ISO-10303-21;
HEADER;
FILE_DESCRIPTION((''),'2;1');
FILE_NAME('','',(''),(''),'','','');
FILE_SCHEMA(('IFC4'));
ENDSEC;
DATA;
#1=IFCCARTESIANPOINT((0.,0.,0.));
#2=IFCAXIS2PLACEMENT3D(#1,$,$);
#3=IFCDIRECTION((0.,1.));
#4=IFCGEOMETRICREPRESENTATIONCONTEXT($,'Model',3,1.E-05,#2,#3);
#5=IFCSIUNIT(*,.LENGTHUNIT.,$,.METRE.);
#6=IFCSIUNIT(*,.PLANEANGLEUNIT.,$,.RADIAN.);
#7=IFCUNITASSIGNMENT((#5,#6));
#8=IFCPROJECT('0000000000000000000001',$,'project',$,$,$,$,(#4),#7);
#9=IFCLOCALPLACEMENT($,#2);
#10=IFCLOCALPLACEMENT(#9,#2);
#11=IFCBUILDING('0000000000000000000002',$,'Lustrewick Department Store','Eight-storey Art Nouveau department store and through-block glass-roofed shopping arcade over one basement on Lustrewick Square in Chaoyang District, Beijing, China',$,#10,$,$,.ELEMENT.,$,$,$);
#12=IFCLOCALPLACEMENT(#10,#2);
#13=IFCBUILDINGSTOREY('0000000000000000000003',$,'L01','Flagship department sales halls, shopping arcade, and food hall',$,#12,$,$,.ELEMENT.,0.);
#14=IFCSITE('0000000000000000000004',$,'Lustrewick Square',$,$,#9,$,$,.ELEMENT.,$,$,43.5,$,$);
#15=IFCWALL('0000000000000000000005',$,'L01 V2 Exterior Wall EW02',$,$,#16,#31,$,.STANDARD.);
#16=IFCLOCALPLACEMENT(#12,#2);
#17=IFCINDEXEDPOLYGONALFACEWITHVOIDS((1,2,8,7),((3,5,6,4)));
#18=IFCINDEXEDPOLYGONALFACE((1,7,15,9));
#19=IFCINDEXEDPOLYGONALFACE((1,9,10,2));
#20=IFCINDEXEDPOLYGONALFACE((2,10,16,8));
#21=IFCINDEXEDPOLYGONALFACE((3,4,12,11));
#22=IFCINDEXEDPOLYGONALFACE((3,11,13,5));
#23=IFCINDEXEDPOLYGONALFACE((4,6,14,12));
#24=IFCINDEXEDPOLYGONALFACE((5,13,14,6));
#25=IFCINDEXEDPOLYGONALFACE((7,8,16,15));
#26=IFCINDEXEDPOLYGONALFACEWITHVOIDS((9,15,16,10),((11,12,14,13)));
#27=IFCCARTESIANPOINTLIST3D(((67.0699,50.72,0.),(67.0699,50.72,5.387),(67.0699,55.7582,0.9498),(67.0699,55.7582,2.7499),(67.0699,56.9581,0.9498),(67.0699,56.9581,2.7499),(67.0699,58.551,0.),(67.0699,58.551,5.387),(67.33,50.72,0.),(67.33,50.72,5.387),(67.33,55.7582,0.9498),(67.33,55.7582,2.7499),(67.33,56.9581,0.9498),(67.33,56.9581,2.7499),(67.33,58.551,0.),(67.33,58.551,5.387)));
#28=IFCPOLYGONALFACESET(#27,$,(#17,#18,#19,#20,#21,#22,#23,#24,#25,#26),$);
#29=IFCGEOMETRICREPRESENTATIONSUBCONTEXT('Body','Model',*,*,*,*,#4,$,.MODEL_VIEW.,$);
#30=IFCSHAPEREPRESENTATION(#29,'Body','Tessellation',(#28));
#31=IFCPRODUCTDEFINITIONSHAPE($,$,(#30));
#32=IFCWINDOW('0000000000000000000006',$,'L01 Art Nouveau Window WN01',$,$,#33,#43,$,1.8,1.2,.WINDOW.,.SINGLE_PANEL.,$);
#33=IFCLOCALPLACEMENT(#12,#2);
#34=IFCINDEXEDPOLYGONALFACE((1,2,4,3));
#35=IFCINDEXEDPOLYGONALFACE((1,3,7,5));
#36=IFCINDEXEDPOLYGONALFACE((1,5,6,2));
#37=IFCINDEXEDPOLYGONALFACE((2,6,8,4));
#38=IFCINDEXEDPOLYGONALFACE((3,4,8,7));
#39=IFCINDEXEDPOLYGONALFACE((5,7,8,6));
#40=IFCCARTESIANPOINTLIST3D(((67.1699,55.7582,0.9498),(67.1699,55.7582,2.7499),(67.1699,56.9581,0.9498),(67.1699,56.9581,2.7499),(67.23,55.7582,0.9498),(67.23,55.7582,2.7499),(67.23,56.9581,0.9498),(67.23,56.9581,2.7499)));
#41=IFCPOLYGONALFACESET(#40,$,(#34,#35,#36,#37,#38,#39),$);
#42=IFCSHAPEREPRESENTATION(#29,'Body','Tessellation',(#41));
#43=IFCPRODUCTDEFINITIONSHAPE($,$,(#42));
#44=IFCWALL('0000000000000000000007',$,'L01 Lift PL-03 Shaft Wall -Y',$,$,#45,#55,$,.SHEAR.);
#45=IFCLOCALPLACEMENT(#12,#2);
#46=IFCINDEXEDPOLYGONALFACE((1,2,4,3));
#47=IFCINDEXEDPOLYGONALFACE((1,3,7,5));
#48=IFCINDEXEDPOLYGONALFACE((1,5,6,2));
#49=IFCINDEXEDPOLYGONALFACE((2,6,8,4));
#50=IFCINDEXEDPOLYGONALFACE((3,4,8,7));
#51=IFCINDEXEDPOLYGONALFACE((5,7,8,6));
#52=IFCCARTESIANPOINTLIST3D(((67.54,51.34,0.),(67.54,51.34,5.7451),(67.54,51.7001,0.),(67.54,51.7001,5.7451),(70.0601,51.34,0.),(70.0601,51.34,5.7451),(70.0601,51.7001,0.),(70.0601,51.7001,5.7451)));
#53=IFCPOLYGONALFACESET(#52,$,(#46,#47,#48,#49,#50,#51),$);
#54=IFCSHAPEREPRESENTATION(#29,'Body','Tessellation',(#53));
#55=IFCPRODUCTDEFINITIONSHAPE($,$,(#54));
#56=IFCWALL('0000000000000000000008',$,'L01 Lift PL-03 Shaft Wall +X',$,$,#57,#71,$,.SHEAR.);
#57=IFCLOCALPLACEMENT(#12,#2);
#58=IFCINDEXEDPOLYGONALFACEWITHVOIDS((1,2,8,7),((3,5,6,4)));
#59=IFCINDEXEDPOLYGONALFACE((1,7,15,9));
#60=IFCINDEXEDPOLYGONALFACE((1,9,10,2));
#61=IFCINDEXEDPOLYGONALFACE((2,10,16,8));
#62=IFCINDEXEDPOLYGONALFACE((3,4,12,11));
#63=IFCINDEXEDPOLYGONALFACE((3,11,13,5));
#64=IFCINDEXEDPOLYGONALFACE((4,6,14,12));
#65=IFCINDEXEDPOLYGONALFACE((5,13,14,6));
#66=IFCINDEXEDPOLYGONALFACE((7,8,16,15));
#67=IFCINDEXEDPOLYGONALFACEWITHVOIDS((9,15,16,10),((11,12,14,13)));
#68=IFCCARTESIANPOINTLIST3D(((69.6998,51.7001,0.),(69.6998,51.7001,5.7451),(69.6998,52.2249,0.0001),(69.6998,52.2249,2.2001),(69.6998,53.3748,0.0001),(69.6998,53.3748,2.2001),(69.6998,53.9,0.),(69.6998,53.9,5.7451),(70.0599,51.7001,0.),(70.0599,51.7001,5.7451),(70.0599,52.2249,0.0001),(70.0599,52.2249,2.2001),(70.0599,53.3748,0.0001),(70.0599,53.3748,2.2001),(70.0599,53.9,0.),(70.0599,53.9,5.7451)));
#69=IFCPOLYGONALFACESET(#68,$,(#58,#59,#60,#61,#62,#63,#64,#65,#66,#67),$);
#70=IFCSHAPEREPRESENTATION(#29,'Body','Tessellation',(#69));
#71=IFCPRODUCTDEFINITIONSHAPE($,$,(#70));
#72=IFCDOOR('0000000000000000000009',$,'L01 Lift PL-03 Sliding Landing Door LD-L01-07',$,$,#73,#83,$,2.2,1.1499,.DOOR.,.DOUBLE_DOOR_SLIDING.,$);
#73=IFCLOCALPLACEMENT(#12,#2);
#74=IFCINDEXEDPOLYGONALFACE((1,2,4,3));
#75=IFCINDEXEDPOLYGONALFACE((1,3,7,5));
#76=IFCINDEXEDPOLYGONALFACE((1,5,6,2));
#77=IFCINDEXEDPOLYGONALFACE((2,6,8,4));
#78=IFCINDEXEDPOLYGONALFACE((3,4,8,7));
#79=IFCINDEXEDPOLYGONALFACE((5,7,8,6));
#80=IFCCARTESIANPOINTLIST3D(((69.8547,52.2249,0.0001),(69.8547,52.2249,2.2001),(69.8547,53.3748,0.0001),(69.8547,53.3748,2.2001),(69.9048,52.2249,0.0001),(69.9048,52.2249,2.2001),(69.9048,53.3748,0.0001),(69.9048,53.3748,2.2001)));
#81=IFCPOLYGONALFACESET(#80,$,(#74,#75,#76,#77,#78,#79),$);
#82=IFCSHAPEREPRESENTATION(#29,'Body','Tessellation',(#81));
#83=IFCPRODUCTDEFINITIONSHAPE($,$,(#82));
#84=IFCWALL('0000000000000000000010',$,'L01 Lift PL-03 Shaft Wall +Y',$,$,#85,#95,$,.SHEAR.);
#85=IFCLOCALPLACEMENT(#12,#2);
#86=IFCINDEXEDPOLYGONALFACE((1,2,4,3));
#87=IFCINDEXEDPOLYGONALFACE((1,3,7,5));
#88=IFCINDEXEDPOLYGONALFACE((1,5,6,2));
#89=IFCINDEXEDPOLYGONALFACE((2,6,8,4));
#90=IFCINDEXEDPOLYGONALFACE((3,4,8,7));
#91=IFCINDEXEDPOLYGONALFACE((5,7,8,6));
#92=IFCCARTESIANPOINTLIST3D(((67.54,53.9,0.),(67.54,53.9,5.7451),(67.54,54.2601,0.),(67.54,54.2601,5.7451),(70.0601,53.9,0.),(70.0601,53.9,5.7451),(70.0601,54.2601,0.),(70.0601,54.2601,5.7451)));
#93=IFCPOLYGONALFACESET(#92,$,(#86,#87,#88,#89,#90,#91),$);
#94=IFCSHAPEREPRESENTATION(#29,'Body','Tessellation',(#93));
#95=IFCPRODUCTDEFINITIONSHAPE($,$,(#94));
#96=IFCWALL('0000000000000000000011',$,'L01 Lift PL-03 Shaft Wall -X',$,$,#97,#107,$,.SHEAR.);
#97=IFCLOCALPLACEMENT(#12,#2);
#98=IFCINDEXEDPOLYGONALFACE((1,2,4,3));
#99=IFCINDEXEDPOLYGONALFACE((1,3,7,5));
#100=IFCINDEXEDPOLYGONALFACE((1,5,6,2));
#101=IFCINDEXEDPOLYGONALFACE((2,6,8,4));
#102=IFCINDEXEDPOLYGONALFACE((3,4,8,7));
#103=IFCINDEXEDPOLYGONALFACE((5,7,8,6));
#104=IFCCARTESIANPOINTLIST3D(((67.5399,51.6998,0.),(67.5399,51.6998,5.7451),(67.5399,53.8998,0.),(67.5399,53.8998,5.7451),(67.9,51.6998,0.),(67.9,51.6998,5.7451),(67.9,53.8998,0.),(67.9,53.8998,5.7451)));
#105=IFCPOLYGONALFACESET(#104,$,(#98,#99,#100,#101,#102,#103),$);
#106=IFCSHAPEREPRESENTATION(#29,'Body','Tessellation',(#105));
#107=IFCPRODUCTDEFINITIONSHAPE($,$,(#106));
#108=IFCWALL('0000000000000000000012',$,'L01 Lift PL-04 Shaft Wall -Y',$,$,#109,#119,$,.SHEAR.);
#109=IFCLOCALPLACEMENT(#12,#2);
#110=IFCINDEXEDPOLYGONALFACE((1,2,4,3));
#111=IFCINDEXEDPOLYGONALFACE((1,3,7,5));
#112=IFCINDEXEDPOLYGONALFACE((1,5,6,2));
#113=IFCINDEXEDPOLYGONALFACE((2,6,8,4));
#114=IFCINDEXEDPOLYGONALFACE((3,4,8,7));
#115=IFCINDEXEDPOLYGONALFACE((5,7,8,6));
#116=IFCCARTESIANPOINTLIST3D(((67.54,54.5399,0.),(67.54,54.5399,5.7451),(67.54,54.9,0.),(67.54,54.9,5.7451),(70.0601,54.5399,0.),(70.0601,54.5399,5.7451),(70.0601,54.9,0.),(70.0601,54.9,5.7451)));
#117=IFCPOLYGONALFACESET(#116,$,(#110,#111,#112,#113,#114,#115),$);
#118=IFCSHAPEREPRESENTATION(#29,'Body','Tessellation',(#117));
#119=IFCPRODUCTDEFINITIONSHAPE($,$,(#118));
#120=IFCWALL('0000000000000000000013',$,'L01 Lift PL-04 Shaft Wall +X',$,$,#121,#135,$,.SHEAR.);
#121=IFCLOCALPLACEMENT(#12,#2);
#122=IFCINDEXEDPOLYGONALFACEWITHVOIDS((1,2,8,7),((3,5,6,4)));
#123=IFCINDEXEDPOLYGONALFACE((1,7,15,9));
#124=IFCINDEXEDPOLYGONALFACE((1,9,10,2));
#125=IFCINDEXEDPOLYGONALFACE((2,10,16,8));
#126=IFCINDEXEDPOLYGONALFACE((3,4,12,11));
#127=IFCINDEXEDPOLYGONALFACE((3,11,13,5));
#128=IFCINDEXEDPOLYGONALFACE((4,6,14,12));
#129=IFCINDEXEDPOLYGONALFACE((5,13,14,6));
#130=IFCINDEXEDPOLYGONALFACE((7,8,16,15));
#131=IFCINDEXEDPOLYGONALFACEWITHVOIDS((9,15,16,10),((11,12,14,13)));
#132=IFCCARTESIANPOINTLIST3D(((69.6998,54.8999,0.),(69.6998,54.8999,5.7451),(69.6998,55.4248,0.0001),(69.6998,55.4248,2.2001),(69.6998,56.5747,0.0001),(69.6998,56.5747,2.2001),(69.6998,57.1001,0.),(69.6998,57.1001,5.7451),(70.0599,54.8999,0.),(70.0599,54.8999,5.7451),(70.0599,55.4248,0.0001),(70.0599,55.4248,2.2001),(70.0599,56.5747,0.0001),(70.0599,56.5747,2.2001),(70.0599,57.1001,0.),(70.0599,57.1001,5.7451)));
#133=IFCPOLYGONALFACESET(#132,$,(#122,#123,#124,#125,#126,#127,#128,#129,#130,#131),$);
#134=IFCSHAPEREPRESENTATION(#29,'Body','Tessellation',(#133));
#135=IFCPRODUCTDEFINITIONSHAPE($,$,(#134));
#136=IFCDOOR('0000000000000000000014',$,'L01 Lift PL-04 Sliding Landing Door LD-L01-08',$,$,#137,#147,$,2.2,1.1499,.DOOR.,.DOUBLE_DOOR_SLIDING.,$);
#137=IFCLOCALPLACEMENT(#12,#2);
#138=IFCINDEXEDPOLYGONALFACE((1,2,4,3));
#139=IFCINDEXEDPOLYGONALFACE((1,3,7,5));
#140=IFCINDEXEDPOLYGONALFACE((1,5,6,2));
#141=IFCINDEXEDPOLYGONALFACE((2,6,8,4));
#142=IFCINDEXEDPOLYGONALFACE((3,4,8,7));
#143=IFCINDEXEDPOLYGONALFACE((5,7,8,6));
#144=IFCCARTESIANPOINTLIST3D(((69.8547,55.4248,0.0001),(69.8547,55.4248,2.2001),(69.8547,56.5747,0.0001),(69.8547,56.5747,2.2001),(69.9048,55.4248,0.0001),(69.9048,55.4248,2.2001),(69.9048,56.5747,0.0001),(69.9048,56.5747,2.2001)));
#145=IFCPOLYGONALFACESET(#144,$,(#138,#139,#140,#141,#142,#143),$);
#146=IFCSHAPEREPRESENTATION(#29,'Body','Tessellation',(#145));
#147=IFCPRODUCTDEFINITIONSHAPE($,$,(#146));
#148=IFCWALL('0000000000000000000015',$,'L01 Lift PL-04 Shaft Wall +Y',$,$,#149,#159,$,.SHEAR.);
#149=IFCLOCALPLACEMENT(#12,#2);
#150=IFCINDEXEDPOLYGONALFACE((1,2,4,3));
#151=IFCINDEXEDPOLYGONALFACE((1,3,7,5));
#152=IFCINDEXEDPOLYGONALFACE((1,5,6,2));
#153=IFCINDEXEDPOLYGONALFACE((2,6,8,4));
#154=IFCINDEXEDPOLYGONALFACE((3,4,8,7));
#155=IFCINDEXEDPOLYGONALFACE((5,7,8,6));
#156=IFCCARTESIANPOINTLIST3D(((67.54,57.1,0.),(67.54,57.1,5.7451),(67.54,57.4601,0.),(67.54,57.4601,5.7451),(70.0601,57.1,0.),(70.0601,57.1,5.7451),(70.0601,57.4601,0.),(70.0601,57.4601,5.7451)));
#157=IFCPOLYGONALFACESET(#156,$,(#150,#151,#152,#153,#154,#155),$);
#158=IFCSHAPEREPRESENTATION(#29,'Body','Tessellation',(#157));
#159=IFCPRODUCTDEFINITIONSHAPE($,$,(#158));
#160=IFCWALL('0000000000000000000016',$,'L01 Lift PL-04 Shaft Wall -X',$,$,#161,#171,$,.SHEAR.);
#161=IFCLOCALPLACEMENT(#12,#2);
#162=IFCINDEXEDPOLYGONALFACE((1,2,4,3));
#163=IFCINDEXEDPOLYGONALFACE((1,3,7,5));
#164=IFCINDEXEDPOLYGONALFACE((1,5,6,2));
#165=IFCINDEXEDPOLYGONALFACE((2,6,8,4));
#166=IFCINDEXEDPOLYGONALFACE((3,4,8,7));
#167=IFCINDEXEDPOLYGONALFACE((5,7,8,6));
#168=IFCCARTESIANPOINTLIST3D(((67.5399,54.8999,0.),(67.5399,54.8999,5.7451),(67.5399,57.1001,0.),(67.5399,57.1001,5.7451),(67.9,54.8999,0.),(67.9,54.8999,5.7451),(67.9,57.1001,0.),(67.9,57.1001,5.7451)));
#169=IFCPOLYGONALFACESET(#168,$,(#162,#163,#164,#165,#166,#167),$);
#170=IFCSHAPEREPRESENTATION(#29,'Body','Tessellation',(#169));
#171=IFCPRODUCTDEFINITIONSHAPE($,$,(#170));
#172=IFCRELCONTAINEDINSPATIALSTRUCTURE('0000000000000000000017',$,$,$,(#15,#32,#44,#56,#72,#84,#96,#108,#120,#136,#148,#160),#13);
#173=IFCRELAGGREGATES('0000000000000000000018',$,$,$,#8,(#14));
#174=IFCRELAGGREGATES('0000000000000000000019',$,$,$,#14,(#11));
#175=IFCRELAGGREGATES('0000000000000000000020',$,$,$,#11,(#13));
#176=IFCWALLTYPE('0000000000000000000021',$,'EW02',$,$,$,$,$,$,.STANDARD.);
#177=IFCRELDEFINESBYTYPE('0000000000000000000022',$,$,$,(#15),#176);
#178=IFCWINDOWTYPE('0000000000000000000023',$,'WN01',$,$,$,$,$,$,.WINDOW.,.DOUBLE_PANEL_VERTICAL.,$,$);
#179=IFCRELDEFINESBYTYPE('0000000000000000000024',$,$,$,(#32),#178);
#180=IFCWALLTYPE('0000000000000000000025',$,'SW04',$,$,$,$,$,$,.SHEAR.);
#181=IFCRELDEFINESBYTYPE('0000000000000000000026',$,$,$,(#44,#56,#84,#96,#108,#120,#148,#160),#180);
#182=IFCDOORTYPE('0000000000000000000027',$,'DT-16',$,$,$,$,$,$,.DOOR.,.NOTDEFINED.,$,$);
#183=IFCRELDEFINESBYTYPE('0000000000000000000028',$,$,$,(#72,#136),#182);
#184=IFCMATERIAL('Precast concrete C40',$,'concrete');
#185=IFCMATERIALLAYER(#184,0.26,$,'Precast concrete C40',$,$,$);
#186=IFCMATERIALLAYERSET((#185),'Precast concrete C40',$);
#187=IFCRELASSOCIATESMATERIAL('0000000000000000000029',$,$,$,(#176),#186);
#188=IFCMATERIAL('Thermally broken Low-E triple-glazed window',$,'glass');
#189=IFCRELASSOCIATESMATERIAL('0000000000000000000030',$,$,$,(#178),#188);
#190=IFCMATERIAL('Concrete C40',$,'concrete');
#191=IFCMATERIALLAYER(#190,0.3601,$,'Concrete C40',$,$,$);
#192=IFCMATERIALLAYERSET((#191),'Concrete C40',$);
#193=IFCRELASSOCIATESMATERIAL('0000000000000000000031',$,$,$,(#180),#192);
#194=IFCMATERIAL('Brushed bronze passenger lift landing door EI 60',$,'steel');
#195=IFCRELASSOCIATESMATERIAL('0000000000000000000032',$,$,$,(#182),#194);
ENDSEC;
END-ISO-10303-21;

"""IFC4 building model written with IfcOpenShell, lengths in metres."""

from ifc_helpers import new_model, si_unit, direction, frame, frame_2d, origin, place, context, subcontext, project, spatial, rectangle, extrude, material, layer, layer_set, type_object, element, fill, save


model = new_model("IFC4")

# Units and contexts
model_context = context("Model", 3, precision=1e-05, world=origin(), true_north=direction((0.0, 1.0)))
body_context = subcontext(model_context, "Body", "Model", "MODEL_VIEW")
ifc_project = project(units=[si_unit("LENGTHUNIT", "METRE"), si_unit("PLANEANGLEUNIT", "RADIAN")], contexts=[model_context])

# Site, building, storey
site_placement = place(None, origin())
site = spatial("IfcSite", under=ifc_project, at=site_placement, Name="Lustrewick Square", CompositionType="ELEMENT", RefElevation=43.5)
building_placement = place(site_placement, origin())
building = spatial("IfcBuilding", under=site, at=building_placement, Name="Lustrewick Department Store", Description="Eight-storey Art Nouveau department store and through-block glass-roofed shopping arcade over one basement on Lustrewick Square in Chaoyang District, Beijing, China", CompositionType="ELEMENT")
storey_placement = place(building_placement, origin())
storey = spatial("IfcBuildingStorey", under=building, at=storey_placement, Name="L01", Description="Flagship department sales halls, shopping arcade, and food hall", CompositionType="ELEMENT", Elevation=0.0)

# Shared definitions
ifc_material_1 = material(Name="Concrete C40", Category="concrete")

# Wall, opening, window
ifc_material_2 = material(Name="Precast concrete C40", Category="concrete")
ifc_layer_1 = layer(ifc_material_2, 0.26, Name="Precast concrete C40")
ifc_layer_set_1 = layer_set([ifc_layer_1], Name="Precast concrete C40")
wall_type_1 = type_object("IfcWallType", Name="EW02", PredefinedType="STANDARD", material=ifc_layer_set_1)
wall_1_placement = place(storey_placement, frame((67.2, 58.551, 0.0), z_axis=(0.0, 0.0, 1.0), x_axis=(0.0, -1.0, 0.0)))
wall_1 = element("IfcWall", 1, at=wall_1_placement, inside=storey, type_object=wall_type_1, Name="L01 V2 Exterior Wall EW02", PredefinedType="STANDARD", context=body_context, shape_type="SweptSolid", body=[
    extrude(rectangle(XDim=7.8311, YDim=0.26, at=frame_2d((3.9155, 0.0))), origin(), (0.0, 0.0, 1.0), 5.387),
])
opening_1_placement = place(wall_1_placement, frame((1.5928, 0.0, 0.95)))
opening_1 = element("IfcOpeningElement", 2, at=opening_1_placement, cuts=wall_1, PredefinedType="OPENING", context=body_context, shape_type="SweptSolid", body=[
    extrude(rectangle(XDim=1.2, YDim=1.8, at=frame_2d((0.6001, 0.8999))), frame((0.0, 0.1401, 0.0), z_axis=(0.0, -1.0, 0.0), x_axis=(1.0, 0.0, 0.0)), (0.0, 0.0, 1.0), 0.28),
])
ifc_material_3 = material(Name="Thermally broken Low-E triple-glazed window", Category="glass")
window_type = type_object("IfcWindowType", Name="WN01", PartitioningType="DOUBLE_PANEL_VERTICAL", PredefinedType="WINDOW", material=ifc_material_3)
window_placement = place(opening_1_placement, origin())
window = element("IfcWindow", 3, at=window_placement, inside=storey, type_object=window_type, Name="L01 Art Nouveau Window WN01", OverallHeight=1.8, OverallWidth=1.2, PartitioningType="SINGLE_PANEL", PredefinedType="WINDOW", context=body_context, shape_type="SweptSolid", body=[
    extrude(rectangle(XDim=1.2, YDim=1.8, at=frame_2d((0.6001, 0.8999))), frame((0.0, 0.03, 0.0), z_axis=(0.0, -1.0, 0.0), x_axis=(1.0, 0.0, 0.0)), (0.0, 0.0, 1.0), 0.0601),
])
fill(opening_1, window)

# Wall
ifc_layer_2 = layer(ifc_material_1, 0.3601, Name="Concrete C40")
ifc_layer_set_2 = layer_set([ifc_layer_2], Name="Concrete C40")
wall_type_2 = type_object("IfcWallType", Name="SW04", PredefinedType="SHEAR", material=ifc_layer_set_2)
wall_2_placement = place(storey_placement, frame((67.54, 51.52, 0.0), z_axis=(0.0, 0.0, 1.0), x_axis=(1.0, 0.0, 0.0)))
element("IfcWall", 4, at=wall_2_placement, inside=storey, type_object=wall_type_2, Name="L01 Lift PL-03 Shaft Wall -Y", PredefinedType="SHEAR", context=body_context, shape_type="SweptSolid", body=[
    extrude(rectangle(XDim=2.52, YDim=0.3601, at=frame_2d((1.26, 0.0))), origin(), (0.0, 0.0, 1.0), 5.7451),
])

# Wall, opening, door
wall_3_placement = place(storey_placement, frame((69.8799, 51.7, 0.0), z_axis=(0.0, 0.0, 1.0), x_axis=(0.0, 1.0, 0.0)))
wall_3 = element("IfcWall", 5, at=wall_3_placement, inside=storey, type_object=wall_type_2, Name="L01 Lift PL-03 Shaft Wall +X", PredefinedType="SHEAR", context=body_context, shape_type="SweptSolid", body=[
    extrude(rectangle(XDim=2.2, YDim=0.3601, at=frame_2d((1.1001, 0.0))), origin(), (0.0, 0.0, 1.0), 5.7451),
])
opening_2_placement = place(wall_3_placement, frame((0.5249, 0.0, 0.0)))
opening_2 = element("IfcOpeningElement", 6, at=opening_2_placement, cuts=wall_3, PredefinedType="OPENING", context=body_context, shape_type="SweptSolid", body=[
    extrude(rectangle(XDim=1.1499, YDim=2.2, at=frame_2d((0.575, 1.1001))), frame((0.0, 0.1899, 0.0), z_axis=(0.0, -1.0, 0.0), x_axis=(1.0, 0.0, 0.0)), (0.0, 0.0, 1.0), 0.3801),
])
ifc_material_4 = material(Name="Brushed bronze passenger lift landing door EI 60", Category="steel")
door_type = type_object("IfcDoorType", Name="DT-16", OperationType="NOTDEFINED", PredefinedType="DOOR", material=ifc_material_4)
door_1_placement = place(opening_2_placement, frame((1.1499, 0.0, 0.0), z_axis=(0.0, 0.0, 1.0), x_axis=(-1.0, 0.0, 0.0)))
door_1 = element("IfcDoor", 7, at=door_1_placement, inside=storey, type_object=door_type, Name="L01 Lift PL-03 Sliding Landing Door LD-L01-07", OperationType="DOUBLE_DOOR_SLIDING", OverallHeight=2.2, OverallWidth=1.1499, PredefinedType="DOOR", context=body_context, shape_type="SweptSolid", body=[
    extrude(rectangle(XDim=1.1499, YDim=2.2, at=frame_2d((0.575, 1.1001))), frame((0.0, 0.0249, 0.0), z_axis=(0.0, -1.0, 0.0), x_axis=(1.0, 0.0, 0.0)), (0.0, 0.0, 1.0), 0.05),
])
fill(opening_2, door_1)

# Walls
wall_4_placement = place(storey_placement, frame((70.0601, 54.0801, 0.0), z_axis=(0.0, 0.0, 1.0), x_axis=(-1.0, 0.0, 0.0)))
element("IfcWall", 8, at=wall_4_placement, inside=storey, type_object=wall_type_2, Name="L01 Lift PL-03 Shaft Wall +Y", PredefinedType="SHEAR", context=body_context, shape_type="SweptSolid", body=[
    extrude(rectangle(XDim=2.52, YDim=0.3601, at=frame_2d((1.26, 0.0))), origin(), (0.0, 0.0, 1.0), 5.7451),
])
wall_5_placement = place(storey_placement, frame((67.72, 53.8999, 0.0), z_axis=(0.0, 0.0, 1.0), x_axis=(0.0, -1.0, 0.0)))
element("IfcWall", 9, at=wall_5_placement, inside=storey, type_object=wall_type_2, Name="L01 Lift PL-03 Shaft Wall -X", PredefinedType="SHEAR", context=body_context, shape_type="SweptSolid", body=[
    extrude(rectangle(XDim=2.2, YDim=0.3601, at=frame_2d((1.1001, 0.0))), origin(), (0.0, 0.0, 1.0), 5.7451),
])
wall_6_placement = place(storey_placement, frame((67.54, 54.72, 0.0), z_axis=(0.0, 0.0, 1.0), x_axis=(1.0, 0.0, 0.0)))
element("IfcWall", 10, at=wall_6_placement, inside=storey, type_object=wall_type_2, Name="L01 Lift PL-04 Shaft Wall -Y", PredefinedType="SHEAR", context=body_context, shape_type="SweptSolid", body=[
    extrude(rectangle(XDim=2.52, YDim=0.3601, at=frame_2d((1.26, 0.0))), origin(), (0.0, 0.0, 1.0), 5.7451),
])

# Wall, opening, door
wall_7_placement = place(storey_placement, frame((69.8799, 54.8999, 0.0), z_axis=(0.0, 0.0, 1.0), x_axis=(0.0, 1.0, 0.0)))
wall_7 = element("IfcWall", 11, at=wall_7_placement, inside=storey, type_object=wall_type_2, Name="L01 Lift PL-04 Shaft Wall +X", PredefinedType="SHEAR", context=body_context, shape_type="SweptSolid", body=[
    extrude(rectangle(XDim=2.2002, YDim=0.3601, at=frame_2d((1.1001, 0.0))), origin(), (0.0, 0.0, 1.0), 5.7451),
])
opening_3_placement = place(wall_7_placement, frame((0.5249, 0.0, 0.0)))
opening_3 = element("IfcOpeningElement", 12, at=opening_3_placement, cuts=wall_7, PredefinedType="OPENING", context=body_context, shape_type="SweptSolid", body=[
    extrude(rectangle(XDim=1.1499, YDim=2.2, at=frame_2d((0.575, 1.1001))), frame((0.0, 0.1899, 0.0), z_axis=(0.0, -1.0, 0.0), x_axis=(1.0, 0.0, 0.0)), (0.0, 0.0, 1.0), 0.3801),
])
door_2_placement = place(opening_3_placement, frame((1.1499, 0.0, 0.0), z_axis=(0.0, 0.0, 1.0), x_axis=(-1.0, 0.0, 0.0)))
door_2 = element("IfcDoor", 13, at=door_2_placement, inside=storey, type_object=door_type, Name="L01 Lift PL-04 Sliding Landing Door LD-L01-08", OperationType="DOUBLE_DOOR_SLIDING", OverallHeight=2.2, OverallWidth=1.1499, PredefinedType="DOOR", context=body_context, shape_type="SweptSolid", body=[
    extrude(rectangle(XDim=1.1499, YDim=2.2, at=frame_2d((0.575, 1.1001))), frame((0.0, 0.0249, 0.0), z_axis=(0.0, -1.0, 0.0), x_axis=(1.0, 0.0, 0.0)), (0.0, 0.0, 1.0), 0.05),
])
fill(opening_3, door_2)

# Walls
wall_8_placement = place(storey_placement, frame((70.0601, 57.28, 0.0), z_axis=(0.0, 0.0, 1.0), x_axis=(-1.0, 0.0, 0.0)))
element("IfcWall", 14, at=wall_8_placement, inside=storey, type_object=wall_type_2, Name="L01 Lift PL-04 Shaft Wall +Y", PredefinedType="SHEAR", context=body_context, shape_type="SweptSolid", body=[
    extrude(rectangle(XDim=2.52, YDim=0.3601, at=frame_2d((1.26, 0.0))), origin(), (0.0, 0.0, 1.0), 5.7451),
])
wall_9_placement = place(storey_placement, frame((67.72, 57.1001, 0.0), z_axis=(0.0, 0.0, 1.0), x_axis=(0.0, -1.0, 0.0)))
element("IfcWall", 15, at=wall_9_placement, inside=storey, type_object=wall_type_2, Name="L01 Lift PL-04 Shaft Wall -X", PredefinedType="SHEAR", context=body_context, shape_type="SweptSolid", body=[
    extrude(rectangle(XDim=2.2002, YDim=0.3601, at=frame_2d((1.1001, 0.0))), origin(), (0.0, 0.0, 1.0), 5.7451),
])

save(model, "model.ifc")
